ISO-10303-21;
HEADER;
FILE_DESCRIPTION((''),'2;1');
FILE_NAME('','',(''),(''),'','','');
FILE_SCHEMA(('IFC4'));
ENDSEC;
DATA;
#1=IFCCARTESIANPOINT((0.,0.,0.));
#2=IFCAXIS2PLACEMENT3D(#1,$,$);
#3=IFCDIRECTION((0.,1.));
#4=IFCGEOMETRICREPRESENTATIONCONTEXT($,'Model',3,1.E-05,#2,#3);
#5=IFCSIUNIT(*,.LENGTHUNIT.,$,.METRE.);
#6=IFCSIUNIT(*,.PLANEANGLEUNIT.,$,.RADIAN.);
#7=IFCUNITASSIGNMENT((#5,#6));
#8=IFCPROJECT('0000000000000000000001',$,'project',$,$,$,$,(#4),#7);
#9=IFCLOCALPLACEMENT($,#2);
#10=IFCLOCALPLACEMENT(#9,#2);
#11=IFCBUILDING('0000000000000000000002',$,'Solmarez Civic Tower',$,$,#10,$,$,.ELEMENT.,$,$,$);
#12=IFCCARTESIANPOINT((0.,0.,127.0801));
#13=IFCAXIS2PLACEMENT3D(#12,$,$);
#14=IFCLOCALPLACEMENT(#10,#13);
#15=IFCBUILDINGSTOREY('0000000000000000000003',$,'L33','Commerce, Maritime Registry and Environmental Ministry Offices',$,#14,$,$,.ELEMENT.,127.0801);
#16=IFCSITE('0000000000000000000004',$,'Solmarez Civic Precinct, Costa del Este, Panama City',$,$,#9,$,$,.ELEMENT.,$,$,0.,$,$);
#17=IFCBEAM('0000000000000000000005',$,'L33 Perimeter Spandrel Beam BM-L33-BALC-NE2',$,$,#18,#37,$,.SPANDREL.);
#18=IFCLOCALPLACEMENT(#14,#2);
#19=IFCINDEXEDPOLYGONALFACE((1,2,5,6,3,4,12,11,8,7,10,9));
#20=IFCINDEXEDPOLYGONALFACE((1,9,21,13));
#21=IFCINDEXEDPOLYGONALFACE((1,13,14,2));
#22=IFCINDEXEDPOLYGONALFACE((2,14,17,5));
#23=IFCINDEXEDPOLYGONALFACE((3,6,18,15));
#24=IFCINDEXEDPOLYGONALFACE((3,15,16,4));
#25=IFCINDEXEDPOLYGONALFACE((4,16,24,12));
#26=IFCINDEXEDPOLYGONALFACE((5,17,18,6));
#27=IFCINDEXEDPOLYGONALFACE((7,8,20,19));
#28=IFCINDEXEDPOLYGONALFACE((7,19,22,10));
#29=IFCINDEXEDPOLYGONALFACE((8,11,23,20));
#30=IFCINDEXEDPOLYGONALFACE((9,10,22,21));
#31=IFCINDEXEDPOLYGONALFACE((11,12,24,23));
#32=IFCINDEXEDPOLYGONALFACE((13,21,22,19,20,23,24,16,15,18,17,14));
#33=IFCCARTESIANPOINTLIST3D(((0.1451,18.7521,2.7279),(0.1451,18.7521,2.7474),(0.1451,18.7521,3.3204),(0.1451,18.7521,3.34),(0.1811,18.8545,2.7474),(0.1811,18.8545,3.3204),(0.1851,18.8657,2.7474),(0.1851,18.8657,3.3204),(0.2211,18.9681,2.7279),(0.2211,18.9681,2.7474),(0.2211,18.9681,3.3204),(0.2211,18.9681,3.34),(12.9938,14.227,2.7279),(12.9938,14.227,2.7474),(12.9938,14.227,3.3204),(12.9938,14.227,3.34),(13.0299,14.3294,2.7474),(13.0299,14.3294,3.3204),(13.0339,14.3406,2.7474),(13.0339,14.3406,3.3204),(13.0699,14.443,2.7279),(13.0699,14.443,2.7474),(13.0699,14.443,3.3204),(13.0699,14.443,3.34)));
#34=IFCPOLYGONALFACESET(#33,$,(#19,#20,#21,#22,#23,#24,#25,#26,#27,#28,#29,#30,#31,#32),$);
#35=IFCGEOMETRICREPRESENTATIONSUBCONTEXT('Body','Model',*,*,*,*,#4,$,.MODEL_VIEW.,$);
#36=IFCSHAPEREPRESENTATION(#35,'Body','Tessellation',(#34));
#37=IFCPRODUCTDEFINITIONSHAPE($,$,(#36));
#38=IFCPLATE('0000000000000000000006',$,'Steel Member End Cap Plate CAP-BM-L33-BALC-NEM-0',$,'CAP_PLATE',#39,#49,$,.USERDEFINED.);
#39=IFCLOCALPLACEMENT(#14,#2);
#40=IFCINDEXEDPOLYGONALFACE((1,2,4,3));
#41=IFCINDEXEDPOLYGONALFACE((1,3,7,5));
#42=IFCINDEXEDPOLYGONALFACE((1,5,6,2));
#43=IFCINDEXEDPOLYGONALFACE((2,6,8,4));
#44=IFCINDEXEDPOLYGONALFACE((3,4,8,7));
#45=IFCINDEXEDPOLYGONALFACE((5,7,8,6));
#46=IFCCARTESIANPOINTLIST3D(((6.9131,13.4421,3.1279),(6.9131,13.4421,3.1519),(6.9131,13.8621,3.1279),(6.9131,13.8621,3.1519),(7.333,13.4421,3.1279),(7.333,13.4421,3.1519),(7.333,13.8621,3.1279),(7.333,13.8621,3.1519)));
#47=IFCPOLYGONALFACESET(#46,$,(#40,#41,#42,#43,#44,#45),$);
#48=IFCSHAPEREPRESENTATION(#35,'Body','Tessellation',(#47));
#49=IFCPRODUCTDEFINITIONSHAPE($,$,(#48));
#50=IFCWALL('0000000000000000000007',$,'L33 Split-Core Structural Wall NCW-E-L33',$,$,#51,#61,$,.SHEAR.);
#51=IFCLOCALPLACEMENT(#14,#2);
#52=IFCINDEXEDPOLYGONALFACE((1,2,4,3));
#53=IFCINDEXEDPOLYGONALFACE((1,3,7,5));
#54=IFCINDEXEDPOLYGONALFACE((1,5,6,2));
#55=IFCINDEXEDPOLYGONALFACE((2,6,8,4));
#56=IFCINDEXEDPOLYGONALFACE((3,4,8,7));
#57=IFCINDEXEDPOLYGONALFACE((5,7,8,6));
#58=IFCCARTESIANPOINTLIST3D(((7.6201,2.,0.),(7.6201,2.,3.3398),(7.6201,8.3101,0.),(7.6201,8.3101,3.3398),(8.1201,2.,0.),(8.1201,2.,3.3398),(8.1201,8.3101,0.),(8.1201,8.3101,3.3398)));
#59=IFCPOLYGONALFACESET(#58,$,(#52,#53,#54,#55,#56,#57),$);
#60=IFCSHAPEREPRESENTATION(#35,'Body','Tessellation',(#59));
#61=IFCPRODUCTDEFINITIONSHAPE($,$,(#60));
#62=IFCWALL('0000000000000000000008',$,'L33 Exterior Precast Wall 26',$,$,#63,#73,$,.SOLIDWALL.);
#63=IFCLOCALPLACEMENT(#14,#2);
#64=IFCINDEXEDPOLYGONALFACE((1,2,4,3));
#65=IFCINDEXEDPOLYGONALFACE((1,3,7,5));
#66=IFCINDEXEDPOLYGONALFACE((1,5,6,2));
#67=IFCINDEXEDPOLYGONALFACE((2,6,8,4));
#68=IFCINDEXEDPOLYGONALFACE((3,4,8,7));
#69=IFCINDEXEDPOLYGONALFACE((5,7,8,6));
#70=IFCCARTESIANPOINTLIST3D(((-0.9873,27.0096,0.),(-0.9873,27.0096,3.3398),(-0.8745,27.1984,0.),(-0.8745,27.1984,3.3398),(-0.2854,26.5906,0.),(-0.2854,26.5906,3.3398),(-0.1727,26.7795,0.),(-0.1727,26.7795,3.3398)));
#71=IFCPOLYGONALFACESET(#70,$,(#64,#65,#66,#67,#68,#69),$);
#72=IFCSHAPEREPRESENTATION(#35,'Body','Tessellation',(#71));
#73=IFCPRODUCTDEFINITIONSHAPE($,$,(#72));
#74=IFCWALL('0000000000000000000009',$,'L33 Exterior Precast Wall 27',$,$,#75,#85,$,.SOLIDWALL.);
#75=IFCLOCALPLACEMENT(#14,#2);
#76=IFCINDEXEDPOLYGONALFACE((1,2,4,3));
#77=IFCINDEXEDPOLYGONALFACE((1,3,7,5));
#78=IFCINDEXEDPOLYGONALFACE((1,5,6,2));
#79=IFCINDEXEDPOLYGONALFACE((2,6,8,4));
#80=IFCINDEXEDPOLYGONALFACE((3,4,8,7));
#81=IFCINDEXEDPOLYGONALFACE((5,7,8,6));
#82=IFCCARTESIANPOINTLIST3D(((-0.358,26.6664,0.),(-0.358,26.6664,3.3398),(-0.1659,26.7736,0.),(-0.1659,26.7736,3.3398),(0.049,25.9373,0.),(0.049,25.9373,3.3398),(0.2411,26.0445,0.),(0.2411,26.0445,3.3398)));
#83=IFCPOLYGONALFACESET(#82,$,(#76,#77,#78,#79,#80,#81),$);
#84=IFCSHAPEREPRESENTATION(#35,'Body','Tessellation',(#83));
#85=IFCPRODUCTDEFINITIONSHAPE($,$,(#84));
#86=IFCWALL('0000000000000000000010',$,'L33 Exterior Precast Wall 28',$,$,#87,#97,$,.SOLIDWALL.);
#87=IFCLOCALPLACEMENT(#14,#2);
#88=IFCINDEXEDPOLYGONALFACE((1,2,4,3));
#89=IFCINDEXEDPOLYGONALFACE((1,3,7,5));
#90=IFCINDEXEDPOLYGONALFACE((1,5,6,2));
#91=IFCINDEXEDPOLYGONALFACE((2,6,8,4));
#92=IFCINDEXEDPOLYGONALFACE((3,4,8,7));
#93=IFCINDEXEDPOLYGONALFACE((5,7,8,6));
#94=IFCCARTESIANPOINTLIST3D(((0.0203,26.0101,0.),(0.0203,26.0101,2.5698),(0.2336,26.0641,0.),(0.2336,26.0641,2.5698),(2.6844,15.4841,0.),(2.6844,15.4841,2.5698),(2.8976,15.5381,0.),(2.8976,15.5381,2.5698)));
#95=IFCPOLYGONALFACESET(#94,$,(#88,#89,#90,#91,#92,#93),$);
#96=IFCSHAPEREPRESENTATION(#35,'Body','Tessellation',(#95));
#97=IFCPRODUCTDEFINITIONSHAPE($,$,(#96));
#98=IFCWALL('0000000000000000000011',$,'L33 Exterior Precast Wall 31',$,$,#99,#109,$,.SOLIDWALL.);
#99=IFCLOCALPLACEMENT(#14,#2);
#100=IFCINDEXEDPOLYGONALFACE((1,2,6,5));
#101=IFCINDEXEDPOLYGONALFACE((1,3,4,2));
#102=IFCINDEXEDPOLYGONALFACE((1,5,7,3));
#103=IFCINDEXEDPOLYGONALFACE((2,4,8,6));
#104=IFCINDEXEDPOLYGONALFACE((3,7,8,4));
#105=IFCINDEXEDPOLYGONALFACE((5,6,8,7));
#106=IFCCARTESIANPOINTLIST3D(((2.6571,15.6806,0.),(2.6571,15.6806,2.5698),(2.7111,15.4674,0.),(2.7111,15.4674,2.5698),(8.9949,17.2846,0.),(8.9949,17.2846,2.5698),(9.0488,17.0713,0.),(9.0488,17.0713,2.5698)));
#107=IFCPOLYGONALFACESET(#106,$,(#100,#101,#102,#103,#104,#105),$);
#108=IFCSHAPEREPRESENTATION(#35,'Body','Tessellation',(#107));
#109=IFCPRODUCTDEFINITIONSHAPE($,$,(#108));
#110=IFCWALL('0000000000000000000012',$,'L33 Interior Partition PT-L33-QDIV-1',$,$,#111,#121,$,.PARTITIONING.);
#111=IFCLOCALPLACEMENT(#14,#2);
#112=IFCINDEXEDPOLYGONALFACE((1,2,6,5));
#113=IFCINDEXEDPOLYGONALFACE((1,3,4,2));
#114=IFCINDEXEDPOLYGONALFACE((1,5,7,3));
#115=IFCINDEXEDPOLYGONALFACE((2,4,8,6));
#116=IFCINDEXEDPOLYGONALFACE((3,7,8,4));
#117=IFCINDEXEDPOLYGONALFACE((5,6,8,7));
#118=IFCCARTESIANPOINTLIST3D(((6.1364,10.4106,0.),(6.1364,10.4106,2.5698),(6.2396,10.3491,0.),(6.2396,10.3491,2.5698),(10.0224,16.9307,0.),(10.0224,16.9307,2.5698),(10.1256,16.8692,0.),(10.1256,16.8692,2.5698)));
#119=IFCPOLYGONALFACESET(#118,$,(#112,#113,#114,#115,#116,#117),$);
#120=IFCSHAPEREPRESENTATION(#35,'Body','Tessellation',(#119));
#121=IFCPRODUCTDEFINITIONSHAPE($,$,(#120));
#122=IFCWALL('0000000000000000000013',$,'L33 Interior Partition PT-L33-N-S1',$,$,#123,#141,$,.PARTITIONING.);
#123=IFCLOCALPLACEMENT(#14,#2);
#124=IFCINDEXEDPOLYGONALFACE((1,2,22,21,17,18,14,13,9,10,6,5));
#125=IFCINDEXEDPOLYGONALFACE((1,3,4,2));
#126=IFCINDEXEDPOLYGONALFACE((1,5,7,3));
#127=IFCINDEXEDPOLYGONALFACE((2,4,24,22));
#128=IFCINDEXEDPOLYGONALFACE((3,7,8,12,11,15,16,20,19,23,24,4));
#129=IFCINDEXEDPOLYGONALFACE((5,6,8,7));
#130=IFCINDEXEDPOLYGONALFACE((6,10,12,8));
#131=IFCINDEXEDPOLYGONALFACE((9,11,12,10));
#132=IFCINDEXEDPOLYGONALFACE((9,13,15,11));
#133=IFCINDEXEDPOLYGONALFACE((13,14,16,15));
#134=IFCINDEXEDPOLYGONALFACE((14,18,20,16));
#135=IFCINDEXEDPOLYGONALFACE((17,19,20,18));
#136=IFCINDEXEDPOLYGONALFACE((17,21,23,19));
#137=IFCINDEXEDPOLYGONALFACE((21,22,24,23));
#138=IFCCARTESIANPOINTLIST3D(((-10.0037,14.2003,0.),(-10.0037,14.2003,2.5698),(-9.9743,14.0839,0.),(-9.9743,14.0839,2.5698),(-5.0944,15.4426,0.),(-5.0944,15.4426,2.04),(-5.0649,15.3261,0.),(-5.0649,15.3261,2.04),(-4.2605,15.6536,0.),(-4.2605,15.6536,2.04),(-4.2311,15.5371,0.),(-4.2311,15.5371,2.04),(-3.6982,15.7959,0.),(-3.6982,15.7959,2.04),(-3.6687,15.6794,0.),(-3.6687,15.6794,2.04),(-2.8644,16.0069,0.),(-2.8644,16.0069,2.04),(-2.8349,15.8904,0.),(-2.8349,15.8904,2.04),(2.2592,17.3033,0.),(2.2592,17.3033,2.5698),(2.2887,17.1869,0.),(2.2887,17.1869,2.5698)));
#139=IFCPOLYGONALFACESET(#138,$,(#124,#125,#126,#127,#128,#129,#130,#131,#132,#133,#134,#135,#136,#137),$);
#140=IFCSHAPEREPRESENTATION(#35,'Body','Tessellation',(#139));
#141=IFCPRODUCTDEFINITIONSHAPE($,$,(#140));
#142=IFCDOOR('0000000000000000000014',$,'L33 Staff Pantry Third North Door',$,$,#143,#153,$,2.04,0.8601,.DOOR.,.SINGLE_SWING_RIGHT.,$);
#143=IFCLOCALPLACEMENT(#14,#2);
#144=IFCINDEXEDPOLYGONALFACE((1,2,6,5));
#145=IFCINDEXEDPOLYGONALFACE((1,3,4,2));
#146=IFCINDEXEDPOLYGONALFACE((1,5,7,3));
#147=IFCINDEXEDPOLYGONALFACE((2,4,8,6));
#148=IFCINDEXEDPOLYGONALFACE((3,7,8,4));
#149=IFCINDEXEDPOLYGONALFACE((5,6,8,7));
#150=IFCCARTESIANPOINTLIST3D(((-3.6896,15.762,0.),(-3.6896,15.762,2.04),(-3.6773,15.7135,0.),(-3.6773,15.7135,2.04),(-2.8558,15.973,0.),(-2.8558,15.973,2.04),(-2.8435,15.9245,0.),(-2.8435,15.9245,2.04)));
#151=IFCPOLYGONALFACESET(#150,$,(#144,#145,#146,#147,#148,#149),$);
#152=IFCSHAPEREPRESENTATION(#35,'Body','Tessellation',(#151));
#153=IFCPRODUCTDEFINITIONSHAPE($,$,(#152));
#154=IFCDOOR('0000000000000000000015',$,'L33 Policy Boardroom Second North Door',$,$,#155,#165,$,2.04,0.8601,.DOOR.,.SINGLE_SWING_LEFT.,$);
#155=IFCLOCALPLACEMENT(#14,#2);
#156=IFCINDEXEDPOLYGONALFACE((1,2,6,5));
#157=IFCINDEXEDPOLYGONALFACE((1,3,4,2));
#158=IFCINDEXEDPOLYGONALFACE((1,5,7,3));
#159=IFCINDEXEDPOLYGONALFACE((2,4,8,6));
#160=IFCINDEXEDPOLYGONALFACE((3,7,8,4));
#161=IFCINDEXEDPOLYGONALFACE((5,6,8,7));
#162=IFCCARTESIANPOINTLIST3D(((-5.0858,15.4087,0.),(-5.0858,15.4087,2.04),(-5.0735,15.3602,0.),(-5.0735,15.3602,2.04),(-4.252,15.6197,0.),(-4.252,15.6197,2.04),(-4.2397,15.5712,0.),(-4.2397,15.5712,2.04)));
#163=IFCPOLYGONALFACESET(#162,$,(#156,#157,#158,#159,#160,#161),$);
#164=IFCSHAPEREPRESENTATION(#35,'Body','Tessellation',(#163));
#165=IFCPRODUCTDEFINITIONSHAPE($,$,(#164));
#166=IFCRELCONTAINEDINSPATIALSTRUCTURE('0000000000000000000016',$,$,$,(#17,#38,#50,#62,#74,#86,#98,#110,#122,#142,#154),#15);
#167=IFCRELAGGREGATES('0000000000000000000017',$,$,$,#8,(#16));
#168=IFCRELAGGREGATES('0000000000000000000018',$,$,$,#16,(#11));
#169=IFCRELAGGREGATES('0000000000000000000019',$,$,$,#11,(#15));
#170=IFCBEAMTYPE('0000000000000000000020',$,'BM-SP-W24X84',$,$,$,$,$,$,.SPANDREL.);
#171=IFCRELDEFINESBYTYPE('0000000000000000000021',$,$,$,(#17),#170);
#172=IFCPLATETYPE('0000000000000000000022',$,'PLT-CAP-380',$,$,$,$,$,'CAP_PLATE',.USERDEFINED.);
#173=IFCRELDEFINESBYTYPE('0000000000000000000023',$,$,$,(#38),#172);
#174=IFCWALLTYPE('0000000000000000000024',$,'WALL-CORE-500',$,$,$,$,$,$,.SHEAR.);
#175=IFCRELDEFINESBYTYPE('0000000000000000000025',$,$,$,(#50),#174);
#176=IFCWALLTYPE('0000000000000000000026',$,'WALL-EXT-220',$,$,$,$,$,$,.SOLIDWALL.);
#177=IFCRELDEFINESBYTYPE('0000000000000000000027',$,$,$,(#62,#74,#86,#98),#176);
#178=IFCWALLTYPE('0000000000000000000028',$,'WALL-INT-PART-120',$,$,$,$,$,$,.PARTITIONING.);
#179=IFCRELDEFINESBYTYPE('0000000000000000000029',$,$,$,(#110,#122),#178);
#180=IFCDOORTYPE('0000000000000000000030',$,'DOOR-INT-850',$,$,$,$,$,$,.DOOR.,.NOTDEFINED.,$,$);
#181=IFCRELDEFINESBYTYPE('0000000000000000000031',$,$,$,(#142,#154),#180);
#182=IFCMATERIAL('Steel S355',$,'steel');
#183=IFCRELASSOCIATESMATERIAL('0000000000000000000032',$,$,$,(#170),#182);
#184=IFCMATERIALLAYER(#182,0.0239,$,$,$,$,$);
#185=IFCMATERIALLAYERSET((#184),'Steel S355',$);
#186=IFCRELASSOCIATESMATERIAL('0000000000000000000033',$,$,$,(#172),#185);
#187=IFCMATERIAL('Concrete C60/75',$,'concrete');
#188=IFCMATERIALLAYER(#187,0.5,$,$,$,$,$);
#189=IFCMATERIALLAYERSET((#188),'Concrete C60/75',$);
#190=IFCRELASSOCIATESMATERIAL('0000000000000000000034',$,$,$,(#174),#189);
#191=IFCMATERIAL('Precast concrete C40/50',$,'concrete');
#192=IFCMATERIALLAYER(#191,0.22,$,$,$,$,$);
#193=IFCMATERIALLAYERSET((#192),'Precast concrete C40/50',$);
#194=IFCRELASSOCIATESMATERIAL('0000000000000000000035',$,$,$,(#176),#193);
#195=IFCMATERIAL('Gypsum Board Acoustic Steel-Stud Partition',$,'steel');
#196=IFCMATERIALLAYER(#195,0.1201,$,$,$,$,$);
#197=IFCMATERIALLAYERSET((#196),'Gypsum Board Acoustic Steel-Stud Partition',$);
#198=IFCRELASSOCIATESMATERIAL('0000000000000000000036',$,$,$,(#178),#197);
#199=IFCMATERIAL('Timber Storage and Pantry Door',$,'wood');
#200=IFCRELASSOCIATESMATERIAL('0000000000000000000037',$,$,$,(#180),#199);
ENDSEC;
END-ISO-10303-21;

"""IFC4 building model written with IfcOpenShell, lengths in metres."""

from ifc_helpers import new_model, si_unit, direction, frame, frame_2d, origin, origin_2d, place, context, subcontext, project, spatial, rectangle, i_section, extrude, material, layer, layer_set, material_profile, profile_set, type_object, element, fill, save


model = new_model("IFC4")

# Units and contexts
model_context = context("Model", 3, precision=1e-05, world=origin(), true_north=direction((0.0, 1.0)))
body_context = subcontext(model_context, "Body", "Model", "MODEL_VIEW")
ifc_project = project(units=[si_unit("LENGTHUNIT", "METRE"), si_unit("PLANEANGLEUNIT", "RADIAN")], contexts=[model_context])

# Site, building, storey
site_placement = place(None, origin())
site = spatial("IfcSite", under=ifc_project, at=site_placement, Name="Solmarez Civic Precinct, Costa del Este, Panama City", CompositionType="ELEMENT", RefElevation=0.0)
building_placement = place(site_placement, origin())
building = spatial("IfcBuilding", under=site, at=building_placement, Name="Solmarez Civic Tower", CompositionType="ELEMENT")
storey_placement = place(building_placement, frame((0.0, 0.0, 127.0801)))
storey = spatial("IfcBuildingStorey", under=building, at=storey_placement, Name="L33", Description="Commerce, Maritime Registry and Environmental Ministry Offices", CompositionType="ELEMENT", Elevation=127.0801)

# Beam
ifc_material_1 = material(Name="Steel S355", Category="steel")
ifc_material_profile_1 = material_profile(ifc_material_1, i_section(OverallWidth=0.229, OverallDepth=0.6121, WebThickness=0.012, FlangeThickness=0.0195, at=origin_2d()), Name="W24X84")
ifc_profile_set_1 = profile_set([ifc_material_profile_1], Name="Steel S355")
beam_type_1 = type_object("IfcBeamType", Name="BM-SP-W24X84", PredefinedType="SPANDREL", material=ifc_profile_set_1)
beam_1_placement = place(storey_placement, frame((0.1831, 18.8601, 3.0339), z_axis=(0.943215, -0.332184, 0.0), x_axis=(0.332184, 0.943215, 0.0)))
element("IfcBeam", 1, at=beam_1_placement, inside=storey, type_object=beam_type_1, Name="L33 Perimeter Spandrel Beam BM-L33-BALC-NE2", PredefinedType="SPANDREL", context=body_context, shape_type="SweptSolid", body=[
    extrude(i_section(OverallWidth=0.229, OverallDepth=0.6121, WebThickness=0.012, FlangeThickness=0.0195, at=origin_2d()), origin(), (0.0, 0.0, 1.0), 13.6223),
])

# Plate
ifc_layer_1 = layer(ifc_material_1, 0.0239)
ifc_layer_set_1 = layer_set([ifc_layer_1], Name="Steel S355")
plate_type = type_object("IfcPlateType", Name="PLT-CAP-380", ElementType="CAP_PLATE", PredefinedType="USERDEFINED", material=ifc_layer_set_1)
plate_placement = place(storey_placement, frame((7.123, 13.6521, 3.1279), z_axis=(0.0, 0.0, 1.0), x_axis=(1.0, 0.0, 0.0)))
element("IfcPlate", 2, at=plate_placement, inside=storey, type_object=plate_type, Name="Steel Member End Cap Plate CAP-BM-L33-BALC-NEM-0", ObjectType="CAP_PLATE", PredefinedType="USERDEFINED", context=body_context, shape_type="SweptSolid", body=[
    extrude(rectangle(XDim=0.4199, YDim=0.4199, at=origin_2d()), origin(), (0.0, 0.0, 1.0), 0.0239),
])

# Walls
ifc_material_2 = material(Name="Concrete C60/75", Category="concrete")
ifc_layer_2 = layer(ifc_material_2, 0.5)
ifc_layer_set_2 = layer_set([ifc_layer_2], Name="Concrete C60/75")
wall_type_1 = type_object("IfcWallType", Name="WALL-CORE-500", PredefinedType="SHEAR", material=ifc_layer_set_2)
wall_1_placement = place(storey_placement, frame((7.8701, 8.3101, 0.0), z_axis=(0.0, 0.0, 1.0), x_axis=(0.0, -1.0, 0.0)))
element("IfcWall", 3, at=wall_1_placement, inside=storey, type_object=wall_type_1, Name="L33 Split-Core Structural Wall NCW-E-L33", PredefinedType="SHEAR", context=body_context, shape_type="SweptSolid", body=[
    extrude(rectangle(XDim=6.3101, YDim=0.5, at=frame_2d((3.155, 0.0))), origin(), (0.0, 0.0, 1.0), 3.3398),
])
ifc_material_3 = material(Name="Precast concrete C40/50", Category="concrete")
ifc_layer_3 = layer(ifc_material_3, 0.22)
ifc_layer_set_3 = layer_set([ifc_layer_3], Name="Precast concrete C40/50")
wall_type_2 = type_object("IfcWallType", Name="WALL-EXT-220", PredefinedType="SOLIDWALL", material=ifc_layer_set_3)
wall_2_placement = place(storey_placement, frame((-0.9309, 27.104, 0.0), z_axis=(0.0, 0.0, 1.0), x_axis=(0.858677, -0.512518, 0.0)))
element("IfcWall", 4, at=wall_2_placement, inside=storey, type_object=wall_type_2, Name="L33 Exterior Precast Wall 26", PredefinedType="SOLIDWALL", context=body_context, shape_type="SweptSolid", body=[
    extrude(rectangle(XDim=0.8174, YDim=0.22, at=frame_2d((0.4087, 0.0))), origin(), (0.0, 0.0, 1.0), 3.3398),
])
wall_3_placement = place(storey_placement, frame((-0.262, 26.72, 0.0), z_axis=(0.0, 0.0, 1.0), x_axis=(0.487454, -0.873148, 0.0)))
element("IfcWall", 5, at=wall_3_placement, inside=storey, type_object=wall_type_2, Name="L33 Exterior Precast Wall 27", PredefinedType="SOLIDWALL", context=body_context, shape_type="SweptSolid", body=[
    extrude(rectangle(XDim=0.835, YDim=0.22, at=frame_2d((0.4175, 0.0))), origin(), (0.0, 0.0, 1.0), 3.3398),
])
wall_4_placement = place(storey_placement, frame((0.127, 26.0371, 0.0), z_axis=(0.0, 0.0, 1.0), x_axis=(0.245354, -0.969433, 0.0)))
element("IfcWall", 6, at=wall_4_placement, inside=storey, type_object=wall_type_2, Name="L33 Exterior Precast Wall 28", PredefinedType="SOLIDWALL", context=body_context, shape_type="SweptSolid", body=[
    extrude(rectangle(XDim=10.8579, YDim=0.22, at=frame_2d((5.429, 0.0))), origin(), (0.0, 0.0, 1.0), 2.5698),
])
wall_5_placement = place(storey_placement, frame((2.6841, 15.574, 0.0), z_axis=(0.0, 0.0, 1.0), x_axis=(0.969435, 0.245346, 0.0)))
element("IfcWall", 7, at=wall_5_placement, inside=storey, type_object=wall_type_2, Name="L33 Exterior Precast Wall 31", PredefinedType="SOLIDWALL", context=body_context, shape_type="SweptSolid", body=[
    extrude(rectangle(XDim=6.5376, YDim=0.22, at=frame_2d((3.2688, 0.0))), origin(), (0.0, 0.0, 1.0), 2.5698),
])
ifc_material_4 = material(Name="Gypsum Board Acoustic Steel-Stud Partition", Category="steel")
ifc_layer_4 = layer(ifc_material_4, 0.1201)
ifc_layer_set_4 = layer_set([ifc_layer_4], Name="Gypsum Board Acoustic Steel-Stud Partition")
wall_type_3 = type_object("IfcWallType", Name="WALL-INT-PART-120", PredefinedType="PARTITIONING", material=ifc_layer_set_4)
wall_6_placement = place(storey_placement, frame((6.188, 10.3799, 0.0), z_axis=(0.0, 0.0, 1.0), x_axis=(0.511972, 0.859002, 0.0)))
element("IfcWall", 8, at=wall_6_placement, inside=storey, type_object=wall_type_3, Name="L33 Interior Partition PT-L33-QDIV-1", PredefinedType="PARTITIONING", context=body_context, shape_type="SweptSolid", body=[
    extrude(rectangle(XDim=7.5903, YDim=0.1201, at=frame_2d((3.7952, 0.0))), origin(), (0.0, 0.0, 1.0), 2.5698),
])

# Wall, openings, doors
wall_7_placement = place(storey_placement, frame((2.2739, 17.2451, 0.0), z_axis=(0.0, 0.0, 1.0), x_axis=(-0.969445, -0.245309, 0.0)))
wall_7 = element("IfcWall", 9, at=wall_7_placement, inside=storey, type_object=wall_type_3, Name="L33 Interior Partition PT-L33-N-S1", PredefinedType="PARTITIONING", context=body_context, shape_type="SweptSolid", body=[
    extrude(rectangle(XDim=12.6494, YDim=0.1201, at=frame_2d((6.3247, 0.0))), origin(), (0.0, 0.0, 1.0), 2.5698),
])
opening_1_placement = place(wall_7_placement, frame((5.2849, 0.0, 0.0)))
opening_1 = element("IfcOpeningElement", 10, at=opening_1_placement, cuts=wall_7, PredefinedType="OPENING", context=body_context, shape_type="SweptSolid", body=[
    extrude(rectangle(XDim=0.8601, YDim=2.04, at=frame_2d((0.4302, 1.02))), frame((0.0, 0.0701, 0.0), z_axis=(0.0, -1.0, 0.0), x_axis=(1.0, 0.0, 0.0)), (0.0, 0.0, 1.0), 0.1401),
])
opening_2_placement = place(wall_7_placement, frame((6.7251, 0.0, 0.0)))
opening_2 = element("IfcOpeningElement", 11, at=opening_2_placement, cuts=wall_7, PredefinedType="OPENING", context=body_context, shape_type="SweptSolid", body=[
    extrude(rectangle(XDim=0.8601, YDim=2.04, at=frame_2d((0.4302, 1.02))), frame((0.0, 0.0701, 0.0), z_axis=(0.0, -1.0, 0.0), x_axis=(1.0, 0.0, 0.0)), (0.0, 0.0, 1.0), 0.1401),
])
ifc_material_5 = material(Name="Timber Storage and Pantry Door", Category="wood")
door_type = type_object("IfcDoorType", Name="DOOR-INT-850", OperationType="NOTDEFINED", PredefinedType="DOOR", material=ifc_material_5)
door_1_placement = place(opening_1_placement, origin())
door_1 = element("IfcDoor", 12, at=door_1_placement, inside=storey, type_object=door_type, Name="L33 Staff Pantry Third North Door", OperationType="SINGLE_SWING_RIGHT", OverallHeight=2.04, OverallWidth=0.8601, PredefinedType="DOOR", context=body_context, shape_type="SweptSolid", body=[
    extrude(rectangle(XDim=0.8601, YDim=2.04, at=frame_2d((0.4302, 1.02))), frame((0.0, 0.0249, 0.0), z_axis=(0.0, -1.0, 0.0), x_axis=(1.0, 0.0, 0.0)), (0.0, 0.0, 1.0), 0.05),
])
fill(opening_1, door_1)
door_2_placement = place(opening_2_placement, origin())
door_2 = element("IfcDoor", 13, at=door_2_placement, inside=storey, type_object=door_type, Name="L33 Policy Boardroom Second North Door", OperationType="SINGLE_SWING_LEFT", OverallHeight=2.04, OverallWidth=0.8601, PredefinedType="DOOR", context=body_context, shape_type="SweptSolid", body=[
    extrude(rectangle(XDim=0.8601, YDim=2.04, at=frame_2d((0.4302, 1.02))), frame((0.0, 0.0249, 0.0), z_axis=(0.0, -1.0, 0.0), x_axis=(1.0, 0.0, 0.0)), (0.0, 0.0, 1.0), 0.05),
])
fill(opening_2, door_2)

save(model, "model.ifc")
